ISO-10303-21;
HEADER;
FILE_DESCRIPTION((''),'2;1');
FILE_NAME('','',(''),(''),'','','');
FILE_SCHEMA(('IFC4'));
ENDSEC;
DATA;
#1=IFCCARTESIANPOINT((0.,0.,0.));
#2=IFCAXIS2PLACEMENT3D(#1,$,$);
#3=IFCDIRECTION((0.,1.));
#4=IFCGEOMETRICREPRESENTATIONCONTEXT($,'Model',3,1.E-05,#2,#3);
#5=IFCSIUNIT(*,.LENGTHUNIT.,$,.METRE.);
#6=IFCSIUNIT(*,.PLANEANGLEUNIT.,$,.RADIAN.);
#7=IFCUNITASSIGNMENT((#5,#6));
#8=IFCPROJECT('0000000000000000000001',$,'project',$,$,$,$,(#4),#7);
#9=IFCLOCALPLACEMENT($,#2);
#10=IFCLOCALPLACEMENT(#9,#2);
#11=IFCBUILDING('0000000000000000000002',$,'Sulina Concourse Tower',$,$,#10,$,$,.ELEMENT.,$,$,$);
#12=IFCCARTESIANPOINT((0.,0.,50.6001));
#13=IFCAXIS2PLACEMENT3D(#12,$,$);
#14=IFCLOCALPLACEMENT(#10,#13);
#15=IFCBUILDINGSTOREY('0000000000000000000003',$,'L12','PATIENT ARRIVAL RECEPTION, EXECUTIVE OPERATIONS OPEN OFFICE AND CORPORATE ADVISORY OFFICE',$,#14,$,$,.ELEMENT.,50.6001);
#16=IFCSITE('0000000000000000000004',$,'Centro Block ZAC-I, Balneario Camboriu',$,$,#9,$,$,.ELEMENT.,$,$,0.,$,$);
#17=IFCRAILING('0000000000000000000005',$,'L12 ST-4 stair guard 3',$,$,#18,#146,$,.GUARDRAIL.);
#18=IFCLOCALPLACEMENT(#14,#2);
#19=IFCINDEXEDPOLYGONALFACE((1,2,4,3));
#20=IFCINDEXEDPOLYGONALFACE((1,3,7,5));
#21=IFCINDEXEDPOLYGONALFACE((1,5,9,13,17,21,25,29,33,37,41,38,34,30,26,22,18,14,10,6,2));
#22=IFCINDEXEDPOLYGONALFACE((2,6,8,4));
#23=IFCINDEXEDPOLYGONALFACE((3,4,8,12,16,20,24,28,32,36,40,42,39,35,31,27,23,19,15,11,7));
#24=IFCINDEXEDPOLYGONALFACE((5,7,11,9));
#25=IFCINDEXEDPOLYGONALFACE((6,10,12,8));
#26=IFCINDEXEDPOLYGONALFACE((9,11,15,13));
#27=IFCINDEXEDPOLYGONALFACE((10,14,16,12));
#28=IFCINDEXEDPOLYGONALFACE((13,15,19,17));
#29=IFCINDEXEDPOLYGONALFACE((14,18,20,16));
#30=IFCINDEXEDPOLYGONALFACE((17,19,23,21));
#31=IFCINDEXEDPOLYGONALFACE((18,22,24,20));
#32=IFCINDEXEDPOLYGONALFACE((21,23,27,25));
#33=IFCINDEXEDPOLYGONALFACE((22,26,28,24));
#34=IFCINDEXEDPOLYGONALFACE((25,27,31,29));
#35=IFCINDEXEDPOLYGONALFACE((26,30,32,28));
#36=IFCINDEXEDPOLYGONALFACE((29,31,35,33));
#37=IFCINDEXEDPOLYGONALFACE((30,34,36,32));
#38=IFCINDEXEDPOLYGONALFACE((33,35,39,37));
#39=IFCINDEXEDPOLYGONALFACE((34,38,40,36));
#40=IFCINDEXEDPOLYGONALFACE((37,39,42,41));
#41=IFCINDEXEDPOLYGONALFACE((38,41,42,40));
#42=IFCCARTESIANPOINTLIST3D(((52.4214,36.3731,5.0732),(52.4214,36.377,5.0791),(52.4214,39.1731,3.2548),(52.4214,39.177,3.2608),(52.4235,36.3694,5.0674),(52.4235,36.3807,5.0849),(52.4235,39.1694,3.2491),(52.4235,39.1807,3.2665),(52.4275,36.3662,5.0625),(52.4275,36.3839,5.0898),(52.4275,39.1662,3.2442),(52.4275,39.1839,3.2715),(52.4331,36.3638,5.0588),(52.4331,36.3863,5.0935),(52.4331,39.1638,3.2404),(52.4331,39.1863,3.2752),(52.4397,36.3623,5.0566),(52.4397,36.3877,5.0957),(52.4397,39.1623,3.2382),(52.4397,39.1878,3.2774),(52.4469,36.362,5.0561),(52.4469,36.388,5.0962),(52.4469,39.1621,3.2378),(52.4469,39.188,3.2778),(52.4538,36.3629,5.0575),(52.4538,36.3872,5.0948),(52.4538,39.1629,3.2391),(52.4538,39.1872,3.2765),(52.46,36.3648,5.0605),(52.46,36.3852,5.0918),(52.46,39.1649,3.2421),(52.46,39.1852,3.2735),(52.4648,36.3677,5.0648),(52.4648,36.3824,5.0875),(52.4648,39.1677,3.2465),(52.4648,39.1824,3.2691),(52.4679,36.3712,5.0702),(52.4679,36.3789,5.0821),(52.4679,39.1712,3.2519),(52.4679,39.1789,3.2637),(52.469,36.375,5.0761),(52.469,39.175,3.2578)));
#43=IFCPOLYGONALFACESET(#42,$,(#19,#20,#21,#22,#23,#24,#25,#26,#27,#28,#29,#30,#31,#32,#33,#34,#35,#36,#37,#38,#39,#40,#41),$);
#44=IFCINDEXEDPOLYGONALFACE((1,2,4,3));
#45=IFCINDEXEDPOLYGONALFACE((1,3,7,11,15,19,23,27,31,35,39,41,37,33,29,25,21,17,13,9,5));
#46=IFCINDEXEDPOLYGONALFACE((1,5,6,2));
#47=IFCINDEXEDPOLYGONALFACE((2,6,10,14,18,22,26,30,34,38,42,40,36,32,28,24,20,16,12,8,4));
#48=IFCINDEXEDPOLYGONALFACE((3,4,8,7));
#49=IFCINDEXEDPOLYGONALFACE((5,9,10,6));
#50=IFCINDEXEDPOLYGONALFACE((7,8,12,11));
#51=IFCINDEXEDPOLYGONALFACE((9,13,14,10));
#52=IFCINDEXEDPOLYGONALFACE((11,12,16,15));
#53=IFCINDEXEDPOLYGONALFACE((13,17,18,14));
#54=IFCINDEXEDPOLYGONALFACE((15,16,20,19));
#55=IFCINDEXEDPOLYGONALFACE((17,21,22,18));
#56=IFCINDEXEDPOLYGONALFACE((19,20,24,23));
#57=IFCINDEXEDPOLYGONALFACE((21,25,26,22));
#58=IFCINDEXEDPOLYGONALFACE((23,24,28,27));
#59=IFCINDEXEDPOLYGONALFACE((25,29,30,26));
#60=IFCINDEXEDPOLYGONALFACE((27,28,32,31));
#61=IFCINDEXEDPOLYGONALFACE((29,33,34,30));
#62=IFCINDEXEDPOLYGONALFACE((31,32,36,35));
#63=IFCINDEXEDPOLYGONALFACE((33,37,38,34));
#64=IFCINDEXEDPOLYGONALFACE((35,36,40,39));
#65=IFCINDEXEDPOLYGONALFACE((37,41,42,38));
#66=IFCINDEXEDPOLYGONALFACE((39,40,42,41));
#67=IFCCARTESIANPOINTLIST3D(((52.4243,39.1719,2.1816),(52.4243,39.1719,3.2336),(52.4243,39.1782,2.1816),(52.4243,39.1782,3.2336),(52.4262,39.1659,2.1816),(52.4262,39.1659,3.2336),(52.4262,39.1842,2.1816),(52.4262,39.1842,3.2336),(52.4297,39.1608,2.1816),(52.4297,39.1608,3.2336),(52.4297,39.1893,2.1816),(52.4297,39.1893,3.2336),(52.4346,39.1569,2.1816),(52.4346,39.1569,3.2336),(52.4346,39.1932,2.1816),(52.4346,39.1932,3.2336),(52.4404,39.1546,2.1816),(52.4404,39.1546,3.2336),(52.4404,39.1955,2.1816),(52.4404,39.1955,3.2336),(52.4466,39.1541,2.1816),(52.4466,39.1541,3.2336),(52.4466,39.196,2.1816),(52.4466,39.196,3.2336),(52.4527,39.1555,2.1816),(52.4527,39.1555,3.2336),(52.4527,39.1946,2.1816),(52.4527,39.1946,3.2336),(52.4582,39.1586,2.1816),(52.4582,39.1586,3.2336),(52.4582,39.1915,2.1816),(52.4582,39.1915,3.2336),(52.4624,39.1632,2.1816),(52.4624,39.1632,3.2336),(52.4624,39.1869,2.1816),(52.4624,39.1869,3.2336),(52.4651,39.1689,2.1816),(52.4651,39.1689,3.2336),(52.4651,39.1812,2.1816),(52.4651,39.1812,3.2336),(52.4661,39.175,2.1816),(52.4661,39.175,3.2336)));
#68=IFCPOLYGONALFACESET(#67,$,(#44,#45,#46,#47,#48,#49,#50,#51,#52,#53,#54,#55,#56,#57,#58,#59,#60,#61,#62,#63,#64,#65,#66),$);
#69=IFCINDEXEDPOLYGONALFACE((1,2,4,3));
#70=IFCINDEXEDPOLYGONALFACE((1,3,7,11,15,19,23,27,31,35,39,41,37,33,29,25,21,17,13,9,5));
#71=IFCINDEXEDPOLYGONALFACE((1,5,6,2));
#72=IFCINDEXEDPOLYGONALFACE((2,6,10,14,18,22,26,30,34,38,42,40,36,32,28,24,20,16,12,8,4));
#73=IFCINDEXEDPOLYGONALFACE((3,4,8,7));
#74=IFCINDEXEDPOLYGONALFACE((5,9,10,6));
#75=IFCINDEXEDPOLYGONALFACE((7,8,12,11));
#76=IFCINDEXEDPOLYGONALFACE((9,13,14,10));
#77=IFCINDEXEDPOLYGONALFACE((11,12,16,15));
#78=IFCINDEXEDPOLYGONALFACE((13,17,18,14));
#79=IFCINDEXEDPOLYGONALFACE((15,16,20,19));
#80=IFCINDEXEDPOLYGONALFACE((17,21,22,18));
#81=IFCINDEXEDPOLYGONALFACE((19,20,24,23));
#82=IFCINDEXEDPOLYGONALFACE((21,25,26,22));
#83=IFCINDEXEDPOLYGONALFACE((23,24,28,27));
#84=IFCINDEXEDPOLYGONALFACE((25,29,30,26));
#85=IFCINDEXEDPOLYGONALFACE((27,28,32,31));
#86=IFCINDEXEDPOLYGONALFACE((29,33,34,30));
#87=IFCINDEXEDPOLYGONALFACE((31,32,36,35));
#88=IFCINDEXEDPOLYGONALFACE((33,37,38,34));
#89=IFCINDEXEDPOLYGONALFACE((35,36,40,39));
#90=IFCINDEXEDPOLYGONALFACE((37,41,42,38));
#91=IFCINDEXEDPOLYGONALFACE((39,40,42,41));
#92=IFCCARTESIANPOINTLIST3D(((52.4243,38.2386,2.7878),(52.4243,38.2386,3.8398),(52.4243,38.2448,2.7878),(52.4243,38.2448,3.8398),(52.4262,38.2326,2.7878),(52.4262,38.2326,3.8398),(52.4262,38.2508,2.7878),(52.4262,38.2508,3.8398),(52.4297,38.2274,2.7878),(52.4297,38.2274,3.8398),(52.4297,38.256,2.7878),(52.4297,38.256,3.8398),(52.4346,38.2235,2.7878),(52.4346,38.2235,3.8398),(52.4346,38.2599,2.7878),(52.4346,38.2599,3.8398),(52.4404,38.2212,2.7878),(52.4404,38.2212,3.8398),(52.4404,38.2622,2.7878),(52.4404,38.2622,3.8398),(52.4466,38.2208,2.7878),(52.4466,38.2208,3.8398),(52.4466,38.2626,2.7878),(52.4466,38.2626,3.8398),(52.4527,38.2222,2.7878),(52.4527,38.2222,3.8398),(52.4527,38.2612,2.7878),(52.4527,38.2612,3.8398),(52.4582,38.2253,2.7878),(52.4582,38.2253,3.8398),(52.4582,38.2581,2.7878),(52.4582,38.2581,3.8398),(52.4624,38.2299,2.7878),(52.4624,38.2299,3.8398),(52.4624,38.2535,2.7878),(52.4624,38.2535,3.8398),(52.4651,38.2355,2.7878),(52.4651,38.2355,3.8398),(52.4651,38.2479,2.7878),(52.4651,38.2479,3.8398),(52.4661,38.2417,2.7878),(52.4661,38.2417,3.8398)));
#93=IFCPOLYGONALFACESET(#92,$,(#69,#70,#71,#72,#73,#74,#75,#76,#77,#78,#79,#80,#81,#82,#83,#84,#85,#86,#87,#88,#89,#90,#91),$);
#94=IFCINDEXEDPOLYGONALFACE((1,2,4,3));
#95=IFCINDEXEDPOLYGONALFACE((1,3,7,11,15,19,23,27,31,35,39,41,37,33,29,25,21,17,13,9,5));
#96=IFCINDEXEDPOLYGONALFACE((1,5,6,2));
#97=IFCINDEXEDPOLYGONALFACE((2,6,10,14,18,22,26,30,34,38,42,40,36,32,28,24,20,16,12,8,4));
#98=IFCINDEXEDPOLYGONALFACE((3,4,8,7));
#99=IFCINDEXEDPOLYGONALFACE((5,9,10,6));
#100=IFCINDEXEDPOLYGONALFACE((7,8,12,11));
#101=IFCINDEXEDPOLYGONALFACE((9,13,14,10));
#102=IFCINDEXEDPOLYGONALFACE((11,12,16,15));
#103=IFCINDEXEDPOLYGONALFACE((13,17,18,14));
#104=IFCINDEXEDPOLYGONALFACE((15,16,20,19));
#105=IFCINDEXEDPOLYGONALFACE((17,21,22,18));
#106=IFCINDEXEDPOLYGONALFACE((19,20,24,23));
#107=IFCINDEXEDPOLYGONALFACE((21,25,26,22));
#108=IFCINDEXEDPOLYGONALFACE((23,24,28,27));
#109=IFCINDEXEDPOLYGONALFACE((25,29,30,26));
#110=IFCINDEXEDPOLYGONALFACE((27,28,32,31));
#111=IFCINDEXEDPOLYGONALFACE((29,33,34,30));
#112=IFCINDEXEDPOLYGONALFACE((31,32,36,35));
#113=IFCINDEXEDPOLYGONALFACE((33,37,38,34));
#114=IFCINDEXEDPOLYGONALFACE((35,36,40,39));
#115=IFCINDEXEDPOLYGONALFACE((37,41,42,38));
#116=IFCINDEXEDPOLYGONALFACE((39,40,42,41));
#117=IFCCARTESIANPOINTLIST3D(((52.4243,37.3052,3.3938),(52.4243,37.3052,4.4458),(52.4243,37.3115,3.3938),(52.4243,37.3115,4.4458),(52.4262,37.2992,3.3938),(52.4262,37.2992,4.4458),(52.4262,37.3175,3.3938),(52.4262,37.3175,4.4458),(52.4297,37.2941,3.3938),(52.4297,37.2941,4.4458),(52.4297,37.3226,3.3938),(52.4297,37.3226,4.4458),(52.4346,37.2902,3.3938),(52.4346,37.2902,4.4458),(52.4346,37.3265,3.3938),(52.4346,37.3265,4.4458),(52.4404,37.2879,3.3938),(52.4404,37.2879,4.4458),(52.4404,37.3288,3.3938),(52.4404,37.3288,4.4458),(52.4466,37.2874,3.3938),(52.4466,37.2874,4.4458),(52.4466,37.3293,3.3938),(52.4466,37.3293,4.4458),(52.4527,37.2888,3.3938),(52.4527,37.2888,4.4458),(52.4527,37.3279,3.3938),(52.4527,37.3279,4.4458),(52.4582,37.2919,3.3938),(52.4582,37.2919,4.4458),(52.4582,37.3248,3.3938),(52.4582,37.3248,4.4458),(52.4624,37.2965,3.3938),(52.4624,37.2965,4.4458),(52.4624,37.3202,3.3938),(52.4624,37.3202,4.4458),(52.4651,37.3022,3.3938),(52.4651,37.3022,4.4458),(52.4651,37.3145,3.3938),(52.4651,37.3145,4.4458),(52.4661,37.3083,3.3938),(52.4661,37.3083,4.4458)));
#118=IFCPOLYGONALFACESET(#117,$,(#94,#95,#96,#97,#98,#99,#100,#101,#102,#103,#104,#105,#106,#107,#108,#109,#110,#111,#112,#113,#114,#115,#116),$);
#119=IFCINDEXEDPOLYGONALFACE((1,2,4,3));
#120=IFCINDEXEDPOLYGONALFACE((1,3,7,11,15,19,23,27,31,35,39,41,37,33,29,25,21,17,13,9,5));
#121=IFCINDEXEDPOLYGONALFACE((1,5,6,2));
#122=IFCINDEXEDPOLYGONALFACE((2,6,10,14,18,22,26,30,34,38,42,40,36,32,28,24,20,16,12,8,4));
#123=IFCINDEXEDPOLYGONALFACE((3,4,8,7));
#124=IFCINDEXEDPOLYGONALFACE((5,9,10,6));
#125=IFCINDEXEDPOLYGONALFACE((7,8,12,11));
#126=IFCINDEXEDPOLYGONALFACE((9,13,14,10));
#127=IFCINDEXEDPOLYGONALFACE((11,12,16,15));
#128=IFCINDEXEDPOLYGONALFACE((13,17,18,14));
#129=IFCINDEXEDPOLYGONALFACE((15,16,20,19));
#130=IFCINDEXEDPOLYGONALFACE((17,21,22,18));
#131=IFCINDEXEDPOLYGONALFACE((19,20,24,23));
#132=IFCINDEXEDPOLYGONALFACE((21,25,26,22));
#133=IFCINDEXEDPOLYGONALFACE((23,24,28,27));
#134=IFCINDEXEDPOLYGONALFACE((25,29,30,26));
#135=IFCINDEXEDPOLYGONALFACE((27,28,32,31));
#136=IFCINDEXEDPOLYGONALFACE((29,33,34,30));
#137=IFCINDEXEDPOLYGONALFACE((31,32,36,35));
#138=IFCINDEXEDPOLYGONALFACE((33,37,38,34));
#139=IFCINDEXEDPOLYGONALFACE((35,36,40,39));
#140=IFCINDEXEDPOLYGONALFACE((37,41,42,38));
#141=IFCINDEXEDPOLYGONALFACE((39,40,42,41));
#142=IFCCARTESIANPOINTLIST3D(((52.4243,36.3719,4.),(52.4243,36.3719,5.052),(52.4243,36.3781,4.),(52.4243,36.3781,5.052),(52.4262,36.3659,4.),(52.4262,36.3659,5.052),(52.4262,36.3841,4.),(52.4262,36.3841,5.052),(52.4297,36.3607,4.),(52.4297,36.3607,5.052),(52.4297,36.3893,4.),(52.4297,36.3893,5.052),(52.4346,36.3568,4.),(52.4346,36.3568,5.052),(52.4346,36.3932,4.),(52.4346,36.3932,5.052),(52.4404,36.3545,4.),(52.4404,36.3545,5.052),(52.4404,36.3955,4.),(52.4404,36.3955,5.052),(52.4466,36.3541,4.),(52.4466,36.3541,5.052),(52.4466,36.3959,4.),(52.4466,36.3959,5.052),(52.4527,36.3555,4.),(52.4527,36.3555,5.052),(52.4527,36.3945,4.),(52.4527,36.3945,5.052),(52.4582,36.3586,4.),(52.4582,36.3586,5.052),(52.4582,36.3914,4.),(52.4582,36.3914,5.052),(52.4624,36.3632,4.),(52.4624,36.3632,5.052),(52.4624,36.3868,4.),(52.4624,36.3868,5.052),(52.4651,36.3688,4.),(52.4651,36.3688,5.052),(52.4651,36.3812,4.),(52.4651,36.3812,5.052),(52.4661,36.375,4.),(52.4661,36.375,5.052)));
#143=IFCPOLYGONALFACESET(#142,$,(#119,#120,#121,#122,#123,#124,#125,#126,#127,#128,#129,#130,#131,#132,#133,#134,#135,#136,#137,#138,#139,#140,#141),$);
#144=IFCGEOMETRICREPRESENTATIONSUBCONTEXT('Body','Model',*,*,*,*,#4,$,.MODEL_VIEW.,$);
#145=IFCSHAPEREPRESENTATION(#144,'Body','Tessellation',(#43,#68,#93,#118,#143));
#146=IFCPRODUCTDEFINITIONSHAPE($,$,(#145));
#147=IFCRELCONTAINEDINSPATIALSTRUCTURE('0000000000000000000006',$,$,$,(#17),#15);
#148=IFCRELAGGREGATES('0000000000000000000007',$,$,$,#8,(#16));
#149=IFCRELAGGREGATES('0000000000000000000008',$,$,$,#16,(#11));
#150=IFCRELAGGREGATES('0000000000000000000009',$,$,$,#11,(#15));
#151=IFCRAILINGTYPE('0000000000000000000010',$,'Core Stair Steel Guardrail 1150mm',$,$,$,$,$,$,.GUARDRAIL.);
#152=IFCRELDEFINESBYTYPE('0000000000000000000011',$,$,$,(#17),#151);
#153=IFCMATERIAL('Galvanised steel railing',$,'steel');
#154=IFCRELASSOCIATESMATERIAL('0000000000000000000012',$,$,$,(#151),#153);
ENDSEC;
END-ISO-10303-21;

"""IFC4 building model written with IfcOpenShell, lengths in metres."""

from ifc_helpers import new_model, si_unit, direction, frame, origin, origin_2d, place, context, subcontext, project, spatial, circle, extrude, material, type_object, element, save


model = new_model("IFC4")

# Units and contexts
model_context = context("Model", 3, precision=1e-05, world=origin(), true_north=direction((0.0, 1.0)))
body_context = subcontext(model_context, "Body", "Model", "MODEL_VIEW")
ifc_project = project(units=[si_unit("LENGTHUNIT", "METRE"), si_unit("PLANEANGLEUNIT", "RADIAN")], contexts=[model_context])

# Site, building, storey
site_placement = place(None, origin())
site = spatial("IfcSite", under=ifc_project, at=site_placement, Name="Centro Block ZAC-I, Balneario Camboriu", CompositionType="ELEMENT", RefElevation=0.0)
building_placement = place(site_placement, origin())
building = spatial("IfcBuilding", under=site, at=building_placement, Name="Sulina Concourse Tower", CompositionType="ELEMENT")
storey_placement = place(building_placement, frame((0.0, 0.0, 50.6001)))
storey = spatial("IfcBuildingStorey", under=building, at=storey_placement, Name="L12", Description="PATIENT ARRIVAL RECEPTION, EXECUTIVE OPERATIONS OPEN OFFICE AND CORPORATE ADVISORY OFFICE", CompositionType="ELEMENT", Elevation=50.6001)

# Railing
ifc_material_1 = material(Name="Galvanised steel railing", Category="steel")
railing_type_1 = type_object("IfcRailingType", Name="Core Stair Steel Guardrail 1150mm", PredefinedType="GUARDRAIL", material=ifc_material_1)
railing_1_placement = place(storey_placement, frame((52.4451, 39.175, 2.1816)))
element("IfcRailing", 1, at=railing_1_placement, inside=storey, type_object=railing_type_1, Name="L12 ST-4 stair guard 3", PredefinedType="GUARDRAIL", context=body_context, shape_type="SweptSolid", body=[
    extrude(circle(Radius=0.0239, at=origin_2d()), frame((0.0, 0.0, 1.0762), z_axis=(0.0, -0.838672, 0.544636), x_axis=(1.0, 0.0, 0.0)), (0.0, 0.0, 1.0), 3.3386),
    extrude(circle(Radius=0.021, at=origin_2d()), origin(), (0.0, 0.0, 1.0), 1.052),
    extrude(circle(Radius=0.021, at=origin_2d()), frame((0.0, -0.9333, 0.6062)), (0.0, 0.0, 1.0), 1.052),
    extrude(circle(Radius=0.021, at=origin_2d()), frame((0.0, -1.8667, 1.2122)), (0.0, 0.0, 1.0), 1.052),
    extrude(circle(Radius=0.021, at=origin_2d()), frame((0.0, -2.8, 1.8184)), (0.0, 0.0, 1.0), 1.052),
])

save(model, "model.ifc")
